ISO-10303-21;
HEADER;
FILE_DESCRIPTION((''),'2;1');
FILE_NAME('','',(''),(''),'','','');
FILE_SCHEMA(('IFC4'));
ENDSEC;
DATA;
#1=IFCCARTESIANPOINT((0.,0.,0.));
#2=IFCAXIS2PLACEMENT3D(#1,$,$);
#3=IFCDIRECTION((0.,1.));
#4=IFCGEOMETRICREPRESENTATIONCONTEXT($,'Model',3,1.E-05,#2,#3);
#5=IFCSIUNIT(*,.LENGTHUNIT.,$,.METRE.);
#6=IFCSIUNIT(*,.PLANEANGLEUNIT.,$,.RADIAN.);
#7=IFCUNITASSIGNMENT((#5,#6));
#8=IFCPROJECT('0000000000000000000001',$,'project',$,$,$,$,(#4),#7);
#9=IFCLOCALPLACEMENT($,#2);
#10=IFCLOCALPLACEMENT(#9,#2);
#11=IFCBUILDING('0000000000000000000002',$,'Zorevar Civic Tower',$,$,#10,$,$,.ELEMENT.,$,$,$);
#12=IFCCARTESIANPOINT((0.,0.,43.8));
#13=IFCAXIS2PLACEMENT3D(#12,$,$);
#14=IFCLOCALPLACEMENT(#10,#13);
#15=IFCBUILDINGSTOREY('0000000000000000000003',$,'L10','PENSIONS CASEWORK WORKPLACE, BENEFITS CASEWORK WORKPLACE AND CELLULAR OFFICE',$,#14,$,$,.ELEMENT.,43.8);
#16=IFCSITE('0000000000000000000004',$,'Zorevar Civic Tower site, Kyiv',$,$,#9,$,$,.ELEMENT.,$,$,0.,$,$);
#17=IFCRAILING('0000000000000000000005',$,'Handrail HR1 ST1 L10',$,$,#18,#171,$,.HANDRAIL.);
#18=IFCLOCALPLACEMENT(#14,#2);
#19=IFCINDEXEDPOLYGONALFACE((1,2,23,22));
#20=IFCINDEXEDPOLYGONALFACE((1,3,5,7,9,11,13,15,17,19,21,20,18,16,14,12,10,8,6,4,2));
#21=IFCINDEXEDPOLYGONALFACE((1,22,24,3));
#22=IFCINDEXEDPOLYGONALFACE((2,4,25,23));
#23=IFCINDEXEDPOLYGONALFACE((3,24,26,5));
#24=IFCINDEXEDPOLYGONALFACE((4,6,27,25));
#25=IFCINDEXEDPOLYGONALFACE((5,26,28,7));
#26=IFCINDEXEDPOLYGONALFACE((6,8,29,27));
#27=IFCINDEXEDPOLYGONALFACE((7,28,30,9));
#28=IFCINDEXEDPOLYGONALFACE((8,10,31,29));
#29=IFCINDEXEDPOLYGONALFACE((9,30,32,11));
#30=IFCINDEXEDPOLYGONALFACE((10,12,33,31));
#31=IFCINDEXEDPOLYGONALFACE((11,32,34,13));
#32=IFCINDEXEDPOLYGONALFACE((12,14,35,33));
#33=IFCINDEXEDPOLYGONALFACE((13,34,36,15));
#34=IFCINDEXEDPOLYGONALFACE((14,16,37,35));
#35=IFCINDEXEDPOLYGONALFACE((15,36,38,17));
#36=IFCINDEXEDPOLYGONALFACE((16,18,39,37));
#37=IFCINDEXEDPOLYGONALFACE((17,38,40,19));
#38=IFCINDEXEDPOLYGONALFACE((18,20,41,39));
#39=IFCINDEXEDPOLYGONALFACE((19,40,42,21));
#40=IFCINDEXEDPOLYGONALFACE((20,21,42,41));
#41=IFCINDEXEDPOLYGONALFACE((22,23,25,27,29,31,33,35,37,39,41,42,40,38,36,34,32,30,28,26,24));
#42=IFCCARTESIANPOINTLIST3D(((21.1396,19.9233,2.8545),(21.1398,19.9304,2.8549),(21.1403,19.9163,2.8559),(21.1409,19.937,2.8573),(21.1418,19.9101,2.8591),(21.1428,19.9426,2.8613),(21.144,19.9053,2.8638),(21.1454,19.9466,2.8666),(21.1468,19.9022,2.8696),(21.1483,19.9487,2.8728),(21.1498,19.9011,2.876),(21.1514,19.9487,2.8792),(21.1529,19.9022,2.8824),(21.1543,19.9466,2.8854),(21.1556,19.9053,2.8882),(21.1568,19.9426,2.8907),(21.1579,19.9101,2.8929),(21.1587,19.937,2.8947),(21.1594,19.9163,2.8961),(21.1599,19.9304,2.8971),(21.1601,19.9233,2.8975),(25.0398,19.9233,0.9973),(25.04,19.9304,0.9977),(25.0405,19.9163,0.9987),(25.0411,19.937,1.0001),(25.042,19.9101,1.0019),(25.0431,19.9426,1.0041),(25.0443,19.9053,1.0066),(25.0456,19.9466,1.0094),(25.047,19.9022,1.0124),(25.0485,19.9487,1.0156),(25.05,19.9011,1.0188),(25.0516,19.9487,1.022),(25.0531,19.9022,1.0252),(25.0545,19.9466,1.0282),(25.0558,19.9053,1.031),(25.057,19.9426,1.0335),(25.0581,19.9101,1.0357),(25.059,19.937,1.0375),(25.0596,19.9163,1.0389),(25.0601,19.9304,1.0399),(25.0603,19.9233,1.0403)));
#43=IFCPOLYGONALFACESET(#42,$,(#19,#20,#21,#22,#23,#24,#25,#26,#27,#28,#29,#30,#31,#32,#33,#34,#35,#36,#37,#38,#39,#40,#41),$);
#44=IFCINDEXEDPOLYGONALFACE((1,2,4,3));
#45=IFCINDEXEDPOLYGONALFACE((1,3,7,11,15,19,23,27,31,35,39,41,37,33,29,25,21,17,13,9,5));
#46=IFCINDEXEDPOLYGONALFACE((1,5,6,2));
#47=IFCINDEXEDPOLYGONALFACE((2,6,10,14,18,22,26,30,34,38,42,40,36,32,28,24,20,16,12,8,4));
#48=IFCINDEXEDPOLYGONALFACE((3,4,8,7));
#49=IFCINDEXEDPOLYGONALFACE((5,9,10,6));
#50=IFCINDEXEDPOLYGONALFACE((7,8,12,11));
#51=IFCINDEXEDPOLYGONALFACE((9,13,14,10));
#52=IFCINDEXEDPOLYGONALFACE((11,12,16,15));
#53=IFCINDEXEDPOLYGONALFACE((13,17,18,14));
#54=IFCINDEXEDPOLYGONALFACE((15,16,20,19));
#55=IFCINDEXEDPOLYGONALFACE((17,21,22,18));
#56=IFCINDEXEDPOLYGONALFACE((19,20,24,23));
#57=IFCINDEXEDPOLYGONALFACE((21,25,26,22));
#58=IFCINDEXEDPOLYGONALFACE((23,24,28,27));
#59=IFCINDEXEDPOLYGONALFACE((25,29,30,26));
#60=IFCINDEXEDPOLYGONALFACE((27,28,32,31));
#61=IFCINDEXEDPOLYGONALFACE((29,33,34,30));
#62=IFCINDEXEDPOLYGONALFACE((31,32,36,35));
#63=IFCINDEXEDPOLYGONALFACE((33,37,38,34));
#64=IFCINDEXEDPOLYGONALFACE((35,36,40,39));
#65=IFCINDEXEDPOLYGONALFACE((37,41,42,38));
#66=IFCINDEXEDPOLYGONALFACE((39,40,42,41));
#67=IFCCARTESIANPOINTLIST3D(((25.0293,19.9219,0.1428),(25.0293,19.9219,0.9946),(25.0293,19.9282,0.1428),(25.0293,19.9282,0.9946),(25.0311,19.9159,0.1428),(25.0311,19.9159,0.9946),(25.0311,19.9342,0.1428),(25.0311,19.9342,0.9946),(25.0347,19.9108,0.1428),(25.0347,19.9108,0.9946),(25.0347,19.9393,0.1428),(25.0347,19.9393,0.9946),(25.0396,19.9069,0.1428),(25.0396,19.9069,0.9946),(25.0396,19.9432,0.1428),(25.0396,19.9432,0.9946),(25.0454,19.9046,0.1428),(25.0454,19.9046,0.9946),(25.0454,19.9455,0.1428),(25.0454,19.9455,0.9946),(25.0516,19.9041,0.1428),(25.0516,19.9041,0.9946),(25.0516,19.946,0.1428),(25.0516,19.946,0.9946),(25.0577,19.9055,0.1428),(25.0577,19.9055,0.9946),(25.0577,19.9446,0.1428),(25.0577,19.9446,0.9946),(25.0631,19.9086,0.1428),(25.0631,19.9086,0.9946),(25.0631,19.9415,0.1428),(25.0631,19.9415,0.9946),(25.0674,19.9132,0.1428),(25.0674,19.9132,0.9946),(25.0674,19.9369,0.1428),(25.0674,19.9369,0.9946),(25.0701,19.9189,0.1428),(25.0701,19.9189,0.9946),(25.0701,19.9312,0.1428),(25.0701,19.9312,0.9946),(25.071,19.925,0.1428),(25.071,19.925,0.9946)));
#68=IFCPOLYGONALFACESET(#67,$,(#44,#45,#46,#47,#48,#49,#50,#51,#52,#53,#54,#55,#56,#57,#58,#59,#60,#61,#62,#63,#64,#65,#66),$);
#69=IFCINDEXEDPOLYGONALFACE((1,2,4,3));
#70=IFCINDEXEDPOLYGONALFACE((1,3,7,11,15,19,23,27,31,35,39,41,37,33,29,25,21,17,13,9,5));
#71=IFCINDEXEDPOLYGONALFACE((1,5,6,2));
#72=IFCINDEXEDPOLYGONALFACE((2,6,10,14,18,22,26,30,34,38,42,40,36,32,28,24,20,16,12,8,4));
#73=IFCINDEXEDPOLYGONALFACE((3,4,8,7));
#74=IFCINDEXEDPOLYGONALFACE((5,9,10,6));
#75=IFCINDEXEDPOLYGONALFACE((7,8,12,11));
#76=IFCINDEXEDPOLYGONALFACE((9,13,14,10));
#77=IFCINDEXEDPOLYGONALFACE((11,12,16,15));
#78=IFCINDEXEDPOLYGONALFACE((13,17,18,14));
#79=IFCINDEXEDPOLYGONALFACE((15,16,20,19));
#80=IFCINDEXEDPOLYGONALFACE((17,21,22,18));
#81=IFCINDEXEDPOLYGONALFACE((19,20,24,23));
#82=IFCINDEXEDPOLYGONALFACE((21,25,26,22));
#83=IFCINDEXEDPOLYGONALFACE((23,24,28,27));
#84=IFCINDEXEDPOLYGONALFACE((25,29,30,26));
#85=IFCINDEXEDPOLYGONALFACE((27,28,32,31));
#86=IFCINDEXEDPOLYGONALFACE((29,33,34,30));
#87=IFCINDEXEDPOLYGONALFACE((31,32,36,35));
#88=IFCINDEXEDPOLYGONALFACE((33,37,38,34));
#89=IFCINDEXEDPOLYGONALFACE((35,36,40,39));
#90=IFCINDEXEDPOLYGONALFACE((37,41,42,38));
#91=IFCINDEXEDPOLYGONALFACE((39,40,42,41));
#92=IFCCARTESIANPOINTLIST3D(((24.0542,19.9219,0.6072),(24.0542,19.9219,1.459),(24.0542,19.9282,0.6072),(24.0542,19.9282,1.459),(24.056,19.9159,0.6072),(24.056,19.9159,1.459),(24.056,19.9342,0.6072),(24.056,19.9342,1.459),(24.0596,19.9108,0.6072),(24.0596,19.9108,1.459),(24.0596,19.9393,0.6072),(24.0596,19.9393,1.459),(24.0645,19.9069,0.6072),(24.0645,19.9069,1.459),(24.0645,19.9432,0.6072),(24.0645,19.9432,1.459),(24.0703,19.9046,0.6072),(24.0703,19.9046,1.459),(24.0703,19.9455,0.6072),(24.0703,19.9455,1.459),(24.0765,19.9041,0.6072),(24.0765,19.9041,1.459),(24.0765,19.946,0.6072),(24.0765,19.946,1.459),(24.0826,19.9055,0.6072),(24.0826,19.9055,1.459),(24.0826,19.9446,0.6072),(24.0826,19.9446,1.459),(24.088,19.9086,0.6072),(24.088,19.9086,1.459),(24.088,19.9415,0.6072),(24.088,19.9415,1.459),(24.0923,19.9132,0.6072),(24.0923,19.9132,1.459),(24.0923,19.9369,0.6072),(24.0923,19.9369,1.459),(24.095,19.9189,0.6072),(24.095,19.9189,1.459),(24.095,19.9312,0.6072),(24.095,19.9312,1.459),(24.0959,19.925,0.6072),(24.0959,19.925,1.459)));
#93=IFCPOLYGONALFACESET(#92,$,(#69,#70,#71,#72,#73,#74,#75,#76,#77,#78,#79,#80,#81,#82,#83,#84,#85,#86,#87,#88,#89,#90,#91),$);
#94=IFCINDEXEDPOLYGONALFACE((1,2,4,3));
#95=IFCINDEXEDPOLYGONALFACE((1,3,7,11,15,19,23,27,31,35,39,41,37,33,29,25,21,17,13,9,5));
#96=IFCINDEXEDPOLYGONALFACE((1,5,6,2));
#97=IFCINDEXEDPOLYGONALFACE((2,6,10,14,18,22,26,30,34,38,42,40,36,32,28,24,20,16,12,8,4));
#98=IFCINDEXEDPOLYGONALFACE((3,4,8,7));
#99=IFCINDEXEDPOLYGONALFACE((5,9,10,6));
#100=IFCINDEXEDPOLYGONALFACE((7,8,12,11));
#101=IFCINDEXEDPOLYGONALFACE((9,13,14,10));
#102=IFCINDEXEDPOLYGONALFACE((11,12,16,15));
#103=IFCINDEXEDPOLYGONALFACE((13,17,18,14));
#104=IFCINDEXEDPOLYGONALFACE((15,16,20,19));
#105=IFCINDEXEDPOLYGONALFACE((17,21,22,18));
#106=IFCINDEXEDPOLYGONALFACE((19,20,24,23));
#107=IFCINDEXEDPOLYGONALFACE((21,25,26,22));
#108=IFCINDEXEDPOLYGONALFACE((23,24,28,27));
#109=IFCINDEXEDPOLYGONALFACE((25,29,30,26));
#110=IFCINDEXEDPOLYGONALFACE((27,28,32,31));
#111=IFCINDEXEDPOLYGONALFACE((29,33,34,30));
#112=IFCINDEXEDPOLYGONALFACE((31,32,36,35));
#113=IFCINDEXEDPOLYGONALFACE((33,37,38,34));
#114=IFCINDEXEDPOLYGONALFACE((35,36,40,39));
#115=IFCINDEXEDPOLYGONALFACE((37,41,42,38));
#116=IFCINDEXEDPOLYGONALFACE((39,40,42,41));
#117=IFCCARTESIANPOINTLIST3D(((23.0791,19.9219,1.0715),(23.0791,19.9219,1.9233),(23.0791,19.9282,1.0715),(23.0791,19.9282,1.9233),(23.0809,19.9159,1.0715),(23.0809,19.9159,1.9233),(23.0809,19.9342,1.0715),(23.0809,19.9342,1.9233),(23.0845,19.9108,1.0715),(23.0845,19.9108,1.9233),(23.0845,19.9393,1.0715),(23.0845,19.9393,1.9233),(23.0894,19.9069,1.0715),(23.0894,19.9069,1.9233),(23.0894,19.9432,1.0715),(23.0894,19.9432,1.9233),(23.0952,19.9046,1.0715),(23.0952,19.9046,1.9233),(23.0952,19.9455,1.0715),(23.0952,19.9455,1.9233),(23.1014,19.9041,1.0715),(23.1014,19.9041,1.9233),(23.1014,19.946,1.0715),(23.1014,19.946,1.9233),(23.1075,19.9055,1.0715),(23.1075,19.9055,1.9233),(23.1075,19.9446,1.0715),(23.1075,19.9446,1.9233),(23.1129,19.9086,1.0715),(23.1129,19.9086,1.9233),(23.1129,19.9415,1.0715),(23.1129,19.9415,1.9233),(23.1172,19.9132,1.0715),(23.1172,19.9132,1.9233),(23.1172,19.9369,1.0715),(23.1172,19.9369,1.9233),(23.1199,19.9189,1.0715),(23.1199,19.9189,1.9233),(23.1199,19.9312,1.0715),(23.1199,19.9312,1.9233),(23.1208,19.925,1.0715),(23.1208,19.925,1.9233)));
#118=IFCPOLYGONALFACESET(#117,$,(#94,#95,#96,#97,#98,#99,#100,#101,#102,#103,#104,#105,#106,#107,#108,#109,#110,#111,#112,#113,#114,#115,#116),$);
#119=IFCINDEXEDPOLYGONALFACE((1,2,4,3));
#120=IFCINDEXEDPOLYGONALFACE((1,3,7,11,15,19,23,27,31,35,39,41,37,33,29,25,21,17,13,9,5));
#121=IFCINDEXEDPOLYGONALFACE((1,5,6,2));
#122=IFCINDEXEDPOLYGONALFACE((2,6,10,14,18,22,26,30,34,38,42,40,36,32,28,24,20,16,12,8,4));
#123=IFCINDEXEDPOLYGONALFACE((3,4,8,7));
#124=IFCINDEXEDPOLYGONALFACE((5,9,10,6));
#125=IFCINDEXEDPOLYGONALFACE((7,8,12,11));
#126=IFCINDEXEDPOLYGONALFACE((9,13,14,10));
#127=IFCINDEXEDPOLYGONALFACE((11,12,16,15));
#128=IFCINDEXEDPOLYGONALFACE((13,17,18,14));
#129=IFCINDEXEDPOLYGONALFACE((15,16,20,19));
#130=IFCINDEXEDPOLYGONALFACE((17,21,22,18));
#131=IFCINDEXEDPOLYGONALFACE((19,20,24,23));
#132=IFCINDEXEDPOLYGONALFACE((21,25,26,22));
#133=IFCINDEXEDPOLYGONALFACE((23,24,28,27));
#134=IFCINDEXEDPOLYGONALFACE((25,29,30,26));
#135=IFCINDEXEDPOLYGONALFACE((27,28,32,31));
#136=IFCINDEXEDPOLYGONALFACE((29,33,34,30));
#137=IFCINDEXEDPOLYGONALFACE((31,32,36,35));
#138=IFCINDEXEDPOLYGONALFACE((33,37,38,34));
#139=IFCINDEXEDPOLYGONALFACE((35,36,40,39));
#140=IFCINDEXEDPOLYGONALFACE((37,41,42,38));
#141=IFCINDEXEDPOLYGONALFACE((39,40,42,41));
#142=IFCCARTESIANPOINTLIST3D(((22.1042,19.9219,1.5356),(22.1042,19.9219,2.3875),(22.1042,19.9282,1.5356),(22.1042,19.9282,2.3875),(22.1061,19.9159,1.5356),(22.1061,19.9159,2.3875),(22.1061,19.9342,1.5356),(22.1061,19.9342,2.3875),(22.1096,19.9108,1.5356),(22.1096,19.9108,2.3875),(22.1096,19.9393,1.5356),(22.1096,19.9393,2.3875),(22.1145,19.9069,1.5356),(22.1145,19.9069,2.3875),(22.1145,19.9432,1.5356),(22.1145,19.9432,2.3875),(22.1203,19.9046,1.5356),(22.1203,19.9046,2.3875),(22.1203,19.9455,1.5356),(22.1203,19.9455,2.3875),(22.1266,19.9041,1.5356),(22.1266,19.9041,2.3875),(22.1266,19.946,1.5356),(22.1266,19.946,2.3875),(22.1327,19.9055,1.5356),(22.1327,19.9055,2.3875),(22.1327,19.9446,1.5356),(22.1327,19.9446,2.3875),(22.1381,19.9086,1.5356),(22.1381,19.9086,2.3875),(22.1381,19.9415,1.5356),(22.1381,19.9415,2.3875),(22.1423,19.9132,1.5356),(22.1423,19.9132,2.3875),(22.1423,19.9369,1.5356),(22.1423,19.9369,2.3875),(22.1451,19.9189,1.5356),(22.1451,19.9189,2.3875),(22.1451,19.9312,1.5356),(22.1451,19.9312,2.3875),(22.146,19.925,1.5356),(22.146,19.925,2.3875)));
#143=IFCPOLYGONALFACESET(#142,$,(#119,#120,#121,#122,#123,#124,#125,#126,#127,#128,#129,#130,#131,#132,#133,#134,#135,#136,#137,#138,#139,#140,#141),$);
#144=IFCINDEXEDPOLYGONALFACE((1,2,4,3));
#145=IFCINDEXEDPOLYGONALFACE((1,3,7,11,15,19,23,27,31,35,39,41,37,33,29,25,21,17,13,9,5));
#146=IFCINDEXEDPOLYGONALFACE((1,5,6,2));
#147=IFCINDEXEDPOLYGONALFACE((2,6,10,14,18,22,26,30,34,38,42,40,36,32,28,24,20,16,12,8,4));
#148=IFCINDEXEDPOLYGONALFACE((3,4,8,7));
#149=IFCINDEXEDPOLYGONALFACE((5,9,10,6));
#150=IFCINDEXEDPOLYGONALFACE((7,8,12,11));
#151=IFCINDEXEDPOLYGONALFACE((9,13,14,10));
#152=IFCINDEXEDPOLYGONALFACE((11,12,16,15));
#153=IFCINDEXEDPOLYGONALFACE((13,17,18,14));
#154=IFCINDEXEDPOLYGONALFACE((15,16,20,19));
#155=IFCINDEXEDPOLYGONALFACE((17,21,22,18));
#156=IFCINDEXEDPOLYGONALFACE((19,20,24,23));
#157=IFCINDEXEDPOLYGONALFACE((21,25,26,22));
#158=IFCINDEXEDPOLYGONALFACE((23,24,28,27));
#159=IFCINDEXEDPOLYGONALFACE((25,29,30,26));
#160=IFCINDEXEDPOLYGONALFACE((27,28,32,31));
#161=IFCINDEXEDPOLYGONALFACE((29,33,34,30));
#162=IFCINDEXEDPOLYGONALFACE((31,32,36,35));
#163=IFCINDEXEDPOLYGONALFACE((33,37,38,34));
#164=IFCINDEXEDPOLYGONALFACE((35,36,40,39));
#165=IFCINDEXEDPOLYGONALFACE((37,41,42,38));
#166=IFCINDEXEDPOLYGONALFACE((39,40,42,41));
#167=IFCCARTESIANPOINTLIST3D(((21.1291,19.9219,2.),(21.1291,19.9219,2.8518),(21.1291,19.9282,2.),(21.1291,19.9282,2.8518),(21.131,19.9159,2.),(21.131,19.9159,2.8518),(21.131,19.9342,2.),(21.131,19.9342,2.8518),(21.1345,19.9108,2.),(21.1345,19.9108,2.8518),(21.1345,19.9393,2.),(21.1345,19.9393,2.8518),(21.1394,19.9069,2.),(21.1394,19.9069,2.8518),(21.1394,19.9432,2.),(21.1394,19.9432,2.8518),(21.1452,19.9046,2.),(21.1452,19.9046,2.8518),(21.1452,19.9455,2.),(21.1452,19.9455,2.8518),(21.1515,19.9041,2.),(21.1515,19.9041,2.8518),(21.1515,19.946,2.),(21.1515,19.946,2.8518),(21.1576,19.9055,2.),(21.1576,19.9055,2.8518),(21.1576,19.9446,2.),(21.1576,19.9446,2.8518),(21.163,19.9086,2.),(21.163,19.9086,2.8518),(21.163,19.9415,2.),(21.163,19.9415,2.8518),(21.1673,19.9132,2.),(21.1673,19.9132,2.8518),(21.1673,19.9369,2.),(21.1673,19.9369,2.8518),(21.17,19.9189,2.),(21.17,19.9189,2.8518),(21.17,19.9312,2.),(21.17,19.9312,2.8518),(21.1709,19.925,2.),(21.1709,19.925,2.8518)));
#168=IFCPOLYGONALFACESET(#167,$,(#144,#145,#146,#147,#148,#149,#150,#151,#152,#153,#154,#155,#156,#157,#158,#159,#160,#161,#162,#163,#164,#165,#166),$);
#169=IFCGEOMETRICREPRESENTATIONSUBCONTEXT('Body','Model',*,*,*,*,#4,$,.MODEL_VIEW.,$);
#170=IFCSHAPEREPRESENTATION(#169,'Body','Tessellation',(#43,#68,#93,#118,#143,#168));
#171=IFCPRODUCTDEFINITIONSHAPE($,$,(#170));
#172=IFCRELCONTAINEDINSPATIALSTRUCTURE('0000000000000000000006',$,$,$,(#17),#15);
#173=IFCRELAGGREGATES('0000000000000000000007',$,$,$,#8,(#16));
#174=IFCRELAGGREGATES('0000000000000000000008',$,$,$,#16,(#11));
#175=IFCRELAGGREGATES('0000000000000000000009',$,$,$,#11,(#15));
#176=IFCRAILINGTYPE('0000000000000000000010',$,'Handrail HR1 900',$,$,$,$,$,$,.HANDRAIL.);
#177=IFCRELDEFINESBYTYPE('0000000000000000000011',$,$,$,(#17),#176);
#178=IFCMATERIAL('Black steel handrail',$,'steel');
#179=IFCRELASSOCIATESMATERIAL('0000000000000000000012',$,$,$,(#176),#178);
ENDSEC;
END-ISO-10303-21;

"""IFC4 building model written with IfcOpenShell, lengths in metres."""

from ifc_helpers import new_model, si_unit, direction, frame, origin, origin_2d, place, context, subcontext, project, spatial, circle, extrude, material, type_object, element, save


model = new_model("IFC4")

# Units and contexts
model_context = context("Model", 3, precision=1e-05, world=origin(), true_north=direction((0.0, 1.0)))
body_context = subcontext(model_context, "Body", "Model", "MODEL_VIEW")
ifc_project = project(units=[si_unit("LENGTHUNIT", "METRE"), si_unit("PLANEANGLEUNIT", "RADIAN")], contexts=[model_context])

# Site, building, storey
site_placement = place(None, origin())
site = spatial("IfcSite", under=ifc_project, at=site_placement, Name="Zorevar Civic Tower site, Kyiv", CompositionType="ELEMENT", RefElevation=0.0)
building_placement = place(site_placement, origin())
building = spatial("IfcBuilding", under=site, at=building_placement, Name="Zorevar Civic Tower", CompositionType="ELEMENT")
storey_placement = place(building_placement, frame((0.0, 0.0, 43.8)))
storey = spatial("IfcBuildingStorey", under=building, at=storey_placement, Name="L10", Description="PENSIONS CASEWORK WORKPLACE, BENEFITS CASEWORK WORKPLACE AND CELLULAR OFFICE", CompositionType="ELEMENT", Elevation=43.8)

# Railing
ifc_material_1 = material(Name="Black steel handrail", Category="steel")
railing_type = type_object("IfcRailingType", Name="Handrail HR1 900", PredefinedType="HANDRAIL", material=ifc_material_1)
railing_1_placement = place(storey_placement, frame((25.05, 19.925, 0.1428)))
element("IfcRailing", 1, at=railing_1_placement, inside=storey, type_object=railing_type, Name="Handrail HR1 ST1 L10", PredefinedType="HANDRAIL", context=body_context, shape_type="SweptSolid", body=[
    extrude(circle(Radius=0.0239, at=origin_2d()), frame((0.0, 0.0, 0.876), z_axis=(-0.902864, 0.0, 0.429927), x_axis=(0.0, -1.0, 0.0)), (0.0, 0.0, 1.0), 4.3198),
    extrude(circle(Radius=0.021, at=origin_2d()), origin(), (0.0, 0.0, 1.0), 0.8518),
    extrude(circle(Radius=0.021, at=origin_2d()), frame((-0.9751, 0.0, 0.4644)), (0.0, 0.0, 1.0), 0.8518),
    extrude(circle(Radius=0.021, at=origin_2d()), frame((-1.9502, 0.0, 0.9287)), (0.0, 0.0, 1.0), 0.8518),
    extrude(circle(Radius=0.021, at=origin_2d()), frame((-2.925, 0.0, 1.3928)), (0.0, 0.0, 1.0), 0.8518),
    extrude(circle(Radius=0.021, at=origin_2d()), frame((-3.9001, 0.0, 1.8572)), (0.0, 0.0, 1.0), 0.8518),
])

save(model, "model.ifc")
